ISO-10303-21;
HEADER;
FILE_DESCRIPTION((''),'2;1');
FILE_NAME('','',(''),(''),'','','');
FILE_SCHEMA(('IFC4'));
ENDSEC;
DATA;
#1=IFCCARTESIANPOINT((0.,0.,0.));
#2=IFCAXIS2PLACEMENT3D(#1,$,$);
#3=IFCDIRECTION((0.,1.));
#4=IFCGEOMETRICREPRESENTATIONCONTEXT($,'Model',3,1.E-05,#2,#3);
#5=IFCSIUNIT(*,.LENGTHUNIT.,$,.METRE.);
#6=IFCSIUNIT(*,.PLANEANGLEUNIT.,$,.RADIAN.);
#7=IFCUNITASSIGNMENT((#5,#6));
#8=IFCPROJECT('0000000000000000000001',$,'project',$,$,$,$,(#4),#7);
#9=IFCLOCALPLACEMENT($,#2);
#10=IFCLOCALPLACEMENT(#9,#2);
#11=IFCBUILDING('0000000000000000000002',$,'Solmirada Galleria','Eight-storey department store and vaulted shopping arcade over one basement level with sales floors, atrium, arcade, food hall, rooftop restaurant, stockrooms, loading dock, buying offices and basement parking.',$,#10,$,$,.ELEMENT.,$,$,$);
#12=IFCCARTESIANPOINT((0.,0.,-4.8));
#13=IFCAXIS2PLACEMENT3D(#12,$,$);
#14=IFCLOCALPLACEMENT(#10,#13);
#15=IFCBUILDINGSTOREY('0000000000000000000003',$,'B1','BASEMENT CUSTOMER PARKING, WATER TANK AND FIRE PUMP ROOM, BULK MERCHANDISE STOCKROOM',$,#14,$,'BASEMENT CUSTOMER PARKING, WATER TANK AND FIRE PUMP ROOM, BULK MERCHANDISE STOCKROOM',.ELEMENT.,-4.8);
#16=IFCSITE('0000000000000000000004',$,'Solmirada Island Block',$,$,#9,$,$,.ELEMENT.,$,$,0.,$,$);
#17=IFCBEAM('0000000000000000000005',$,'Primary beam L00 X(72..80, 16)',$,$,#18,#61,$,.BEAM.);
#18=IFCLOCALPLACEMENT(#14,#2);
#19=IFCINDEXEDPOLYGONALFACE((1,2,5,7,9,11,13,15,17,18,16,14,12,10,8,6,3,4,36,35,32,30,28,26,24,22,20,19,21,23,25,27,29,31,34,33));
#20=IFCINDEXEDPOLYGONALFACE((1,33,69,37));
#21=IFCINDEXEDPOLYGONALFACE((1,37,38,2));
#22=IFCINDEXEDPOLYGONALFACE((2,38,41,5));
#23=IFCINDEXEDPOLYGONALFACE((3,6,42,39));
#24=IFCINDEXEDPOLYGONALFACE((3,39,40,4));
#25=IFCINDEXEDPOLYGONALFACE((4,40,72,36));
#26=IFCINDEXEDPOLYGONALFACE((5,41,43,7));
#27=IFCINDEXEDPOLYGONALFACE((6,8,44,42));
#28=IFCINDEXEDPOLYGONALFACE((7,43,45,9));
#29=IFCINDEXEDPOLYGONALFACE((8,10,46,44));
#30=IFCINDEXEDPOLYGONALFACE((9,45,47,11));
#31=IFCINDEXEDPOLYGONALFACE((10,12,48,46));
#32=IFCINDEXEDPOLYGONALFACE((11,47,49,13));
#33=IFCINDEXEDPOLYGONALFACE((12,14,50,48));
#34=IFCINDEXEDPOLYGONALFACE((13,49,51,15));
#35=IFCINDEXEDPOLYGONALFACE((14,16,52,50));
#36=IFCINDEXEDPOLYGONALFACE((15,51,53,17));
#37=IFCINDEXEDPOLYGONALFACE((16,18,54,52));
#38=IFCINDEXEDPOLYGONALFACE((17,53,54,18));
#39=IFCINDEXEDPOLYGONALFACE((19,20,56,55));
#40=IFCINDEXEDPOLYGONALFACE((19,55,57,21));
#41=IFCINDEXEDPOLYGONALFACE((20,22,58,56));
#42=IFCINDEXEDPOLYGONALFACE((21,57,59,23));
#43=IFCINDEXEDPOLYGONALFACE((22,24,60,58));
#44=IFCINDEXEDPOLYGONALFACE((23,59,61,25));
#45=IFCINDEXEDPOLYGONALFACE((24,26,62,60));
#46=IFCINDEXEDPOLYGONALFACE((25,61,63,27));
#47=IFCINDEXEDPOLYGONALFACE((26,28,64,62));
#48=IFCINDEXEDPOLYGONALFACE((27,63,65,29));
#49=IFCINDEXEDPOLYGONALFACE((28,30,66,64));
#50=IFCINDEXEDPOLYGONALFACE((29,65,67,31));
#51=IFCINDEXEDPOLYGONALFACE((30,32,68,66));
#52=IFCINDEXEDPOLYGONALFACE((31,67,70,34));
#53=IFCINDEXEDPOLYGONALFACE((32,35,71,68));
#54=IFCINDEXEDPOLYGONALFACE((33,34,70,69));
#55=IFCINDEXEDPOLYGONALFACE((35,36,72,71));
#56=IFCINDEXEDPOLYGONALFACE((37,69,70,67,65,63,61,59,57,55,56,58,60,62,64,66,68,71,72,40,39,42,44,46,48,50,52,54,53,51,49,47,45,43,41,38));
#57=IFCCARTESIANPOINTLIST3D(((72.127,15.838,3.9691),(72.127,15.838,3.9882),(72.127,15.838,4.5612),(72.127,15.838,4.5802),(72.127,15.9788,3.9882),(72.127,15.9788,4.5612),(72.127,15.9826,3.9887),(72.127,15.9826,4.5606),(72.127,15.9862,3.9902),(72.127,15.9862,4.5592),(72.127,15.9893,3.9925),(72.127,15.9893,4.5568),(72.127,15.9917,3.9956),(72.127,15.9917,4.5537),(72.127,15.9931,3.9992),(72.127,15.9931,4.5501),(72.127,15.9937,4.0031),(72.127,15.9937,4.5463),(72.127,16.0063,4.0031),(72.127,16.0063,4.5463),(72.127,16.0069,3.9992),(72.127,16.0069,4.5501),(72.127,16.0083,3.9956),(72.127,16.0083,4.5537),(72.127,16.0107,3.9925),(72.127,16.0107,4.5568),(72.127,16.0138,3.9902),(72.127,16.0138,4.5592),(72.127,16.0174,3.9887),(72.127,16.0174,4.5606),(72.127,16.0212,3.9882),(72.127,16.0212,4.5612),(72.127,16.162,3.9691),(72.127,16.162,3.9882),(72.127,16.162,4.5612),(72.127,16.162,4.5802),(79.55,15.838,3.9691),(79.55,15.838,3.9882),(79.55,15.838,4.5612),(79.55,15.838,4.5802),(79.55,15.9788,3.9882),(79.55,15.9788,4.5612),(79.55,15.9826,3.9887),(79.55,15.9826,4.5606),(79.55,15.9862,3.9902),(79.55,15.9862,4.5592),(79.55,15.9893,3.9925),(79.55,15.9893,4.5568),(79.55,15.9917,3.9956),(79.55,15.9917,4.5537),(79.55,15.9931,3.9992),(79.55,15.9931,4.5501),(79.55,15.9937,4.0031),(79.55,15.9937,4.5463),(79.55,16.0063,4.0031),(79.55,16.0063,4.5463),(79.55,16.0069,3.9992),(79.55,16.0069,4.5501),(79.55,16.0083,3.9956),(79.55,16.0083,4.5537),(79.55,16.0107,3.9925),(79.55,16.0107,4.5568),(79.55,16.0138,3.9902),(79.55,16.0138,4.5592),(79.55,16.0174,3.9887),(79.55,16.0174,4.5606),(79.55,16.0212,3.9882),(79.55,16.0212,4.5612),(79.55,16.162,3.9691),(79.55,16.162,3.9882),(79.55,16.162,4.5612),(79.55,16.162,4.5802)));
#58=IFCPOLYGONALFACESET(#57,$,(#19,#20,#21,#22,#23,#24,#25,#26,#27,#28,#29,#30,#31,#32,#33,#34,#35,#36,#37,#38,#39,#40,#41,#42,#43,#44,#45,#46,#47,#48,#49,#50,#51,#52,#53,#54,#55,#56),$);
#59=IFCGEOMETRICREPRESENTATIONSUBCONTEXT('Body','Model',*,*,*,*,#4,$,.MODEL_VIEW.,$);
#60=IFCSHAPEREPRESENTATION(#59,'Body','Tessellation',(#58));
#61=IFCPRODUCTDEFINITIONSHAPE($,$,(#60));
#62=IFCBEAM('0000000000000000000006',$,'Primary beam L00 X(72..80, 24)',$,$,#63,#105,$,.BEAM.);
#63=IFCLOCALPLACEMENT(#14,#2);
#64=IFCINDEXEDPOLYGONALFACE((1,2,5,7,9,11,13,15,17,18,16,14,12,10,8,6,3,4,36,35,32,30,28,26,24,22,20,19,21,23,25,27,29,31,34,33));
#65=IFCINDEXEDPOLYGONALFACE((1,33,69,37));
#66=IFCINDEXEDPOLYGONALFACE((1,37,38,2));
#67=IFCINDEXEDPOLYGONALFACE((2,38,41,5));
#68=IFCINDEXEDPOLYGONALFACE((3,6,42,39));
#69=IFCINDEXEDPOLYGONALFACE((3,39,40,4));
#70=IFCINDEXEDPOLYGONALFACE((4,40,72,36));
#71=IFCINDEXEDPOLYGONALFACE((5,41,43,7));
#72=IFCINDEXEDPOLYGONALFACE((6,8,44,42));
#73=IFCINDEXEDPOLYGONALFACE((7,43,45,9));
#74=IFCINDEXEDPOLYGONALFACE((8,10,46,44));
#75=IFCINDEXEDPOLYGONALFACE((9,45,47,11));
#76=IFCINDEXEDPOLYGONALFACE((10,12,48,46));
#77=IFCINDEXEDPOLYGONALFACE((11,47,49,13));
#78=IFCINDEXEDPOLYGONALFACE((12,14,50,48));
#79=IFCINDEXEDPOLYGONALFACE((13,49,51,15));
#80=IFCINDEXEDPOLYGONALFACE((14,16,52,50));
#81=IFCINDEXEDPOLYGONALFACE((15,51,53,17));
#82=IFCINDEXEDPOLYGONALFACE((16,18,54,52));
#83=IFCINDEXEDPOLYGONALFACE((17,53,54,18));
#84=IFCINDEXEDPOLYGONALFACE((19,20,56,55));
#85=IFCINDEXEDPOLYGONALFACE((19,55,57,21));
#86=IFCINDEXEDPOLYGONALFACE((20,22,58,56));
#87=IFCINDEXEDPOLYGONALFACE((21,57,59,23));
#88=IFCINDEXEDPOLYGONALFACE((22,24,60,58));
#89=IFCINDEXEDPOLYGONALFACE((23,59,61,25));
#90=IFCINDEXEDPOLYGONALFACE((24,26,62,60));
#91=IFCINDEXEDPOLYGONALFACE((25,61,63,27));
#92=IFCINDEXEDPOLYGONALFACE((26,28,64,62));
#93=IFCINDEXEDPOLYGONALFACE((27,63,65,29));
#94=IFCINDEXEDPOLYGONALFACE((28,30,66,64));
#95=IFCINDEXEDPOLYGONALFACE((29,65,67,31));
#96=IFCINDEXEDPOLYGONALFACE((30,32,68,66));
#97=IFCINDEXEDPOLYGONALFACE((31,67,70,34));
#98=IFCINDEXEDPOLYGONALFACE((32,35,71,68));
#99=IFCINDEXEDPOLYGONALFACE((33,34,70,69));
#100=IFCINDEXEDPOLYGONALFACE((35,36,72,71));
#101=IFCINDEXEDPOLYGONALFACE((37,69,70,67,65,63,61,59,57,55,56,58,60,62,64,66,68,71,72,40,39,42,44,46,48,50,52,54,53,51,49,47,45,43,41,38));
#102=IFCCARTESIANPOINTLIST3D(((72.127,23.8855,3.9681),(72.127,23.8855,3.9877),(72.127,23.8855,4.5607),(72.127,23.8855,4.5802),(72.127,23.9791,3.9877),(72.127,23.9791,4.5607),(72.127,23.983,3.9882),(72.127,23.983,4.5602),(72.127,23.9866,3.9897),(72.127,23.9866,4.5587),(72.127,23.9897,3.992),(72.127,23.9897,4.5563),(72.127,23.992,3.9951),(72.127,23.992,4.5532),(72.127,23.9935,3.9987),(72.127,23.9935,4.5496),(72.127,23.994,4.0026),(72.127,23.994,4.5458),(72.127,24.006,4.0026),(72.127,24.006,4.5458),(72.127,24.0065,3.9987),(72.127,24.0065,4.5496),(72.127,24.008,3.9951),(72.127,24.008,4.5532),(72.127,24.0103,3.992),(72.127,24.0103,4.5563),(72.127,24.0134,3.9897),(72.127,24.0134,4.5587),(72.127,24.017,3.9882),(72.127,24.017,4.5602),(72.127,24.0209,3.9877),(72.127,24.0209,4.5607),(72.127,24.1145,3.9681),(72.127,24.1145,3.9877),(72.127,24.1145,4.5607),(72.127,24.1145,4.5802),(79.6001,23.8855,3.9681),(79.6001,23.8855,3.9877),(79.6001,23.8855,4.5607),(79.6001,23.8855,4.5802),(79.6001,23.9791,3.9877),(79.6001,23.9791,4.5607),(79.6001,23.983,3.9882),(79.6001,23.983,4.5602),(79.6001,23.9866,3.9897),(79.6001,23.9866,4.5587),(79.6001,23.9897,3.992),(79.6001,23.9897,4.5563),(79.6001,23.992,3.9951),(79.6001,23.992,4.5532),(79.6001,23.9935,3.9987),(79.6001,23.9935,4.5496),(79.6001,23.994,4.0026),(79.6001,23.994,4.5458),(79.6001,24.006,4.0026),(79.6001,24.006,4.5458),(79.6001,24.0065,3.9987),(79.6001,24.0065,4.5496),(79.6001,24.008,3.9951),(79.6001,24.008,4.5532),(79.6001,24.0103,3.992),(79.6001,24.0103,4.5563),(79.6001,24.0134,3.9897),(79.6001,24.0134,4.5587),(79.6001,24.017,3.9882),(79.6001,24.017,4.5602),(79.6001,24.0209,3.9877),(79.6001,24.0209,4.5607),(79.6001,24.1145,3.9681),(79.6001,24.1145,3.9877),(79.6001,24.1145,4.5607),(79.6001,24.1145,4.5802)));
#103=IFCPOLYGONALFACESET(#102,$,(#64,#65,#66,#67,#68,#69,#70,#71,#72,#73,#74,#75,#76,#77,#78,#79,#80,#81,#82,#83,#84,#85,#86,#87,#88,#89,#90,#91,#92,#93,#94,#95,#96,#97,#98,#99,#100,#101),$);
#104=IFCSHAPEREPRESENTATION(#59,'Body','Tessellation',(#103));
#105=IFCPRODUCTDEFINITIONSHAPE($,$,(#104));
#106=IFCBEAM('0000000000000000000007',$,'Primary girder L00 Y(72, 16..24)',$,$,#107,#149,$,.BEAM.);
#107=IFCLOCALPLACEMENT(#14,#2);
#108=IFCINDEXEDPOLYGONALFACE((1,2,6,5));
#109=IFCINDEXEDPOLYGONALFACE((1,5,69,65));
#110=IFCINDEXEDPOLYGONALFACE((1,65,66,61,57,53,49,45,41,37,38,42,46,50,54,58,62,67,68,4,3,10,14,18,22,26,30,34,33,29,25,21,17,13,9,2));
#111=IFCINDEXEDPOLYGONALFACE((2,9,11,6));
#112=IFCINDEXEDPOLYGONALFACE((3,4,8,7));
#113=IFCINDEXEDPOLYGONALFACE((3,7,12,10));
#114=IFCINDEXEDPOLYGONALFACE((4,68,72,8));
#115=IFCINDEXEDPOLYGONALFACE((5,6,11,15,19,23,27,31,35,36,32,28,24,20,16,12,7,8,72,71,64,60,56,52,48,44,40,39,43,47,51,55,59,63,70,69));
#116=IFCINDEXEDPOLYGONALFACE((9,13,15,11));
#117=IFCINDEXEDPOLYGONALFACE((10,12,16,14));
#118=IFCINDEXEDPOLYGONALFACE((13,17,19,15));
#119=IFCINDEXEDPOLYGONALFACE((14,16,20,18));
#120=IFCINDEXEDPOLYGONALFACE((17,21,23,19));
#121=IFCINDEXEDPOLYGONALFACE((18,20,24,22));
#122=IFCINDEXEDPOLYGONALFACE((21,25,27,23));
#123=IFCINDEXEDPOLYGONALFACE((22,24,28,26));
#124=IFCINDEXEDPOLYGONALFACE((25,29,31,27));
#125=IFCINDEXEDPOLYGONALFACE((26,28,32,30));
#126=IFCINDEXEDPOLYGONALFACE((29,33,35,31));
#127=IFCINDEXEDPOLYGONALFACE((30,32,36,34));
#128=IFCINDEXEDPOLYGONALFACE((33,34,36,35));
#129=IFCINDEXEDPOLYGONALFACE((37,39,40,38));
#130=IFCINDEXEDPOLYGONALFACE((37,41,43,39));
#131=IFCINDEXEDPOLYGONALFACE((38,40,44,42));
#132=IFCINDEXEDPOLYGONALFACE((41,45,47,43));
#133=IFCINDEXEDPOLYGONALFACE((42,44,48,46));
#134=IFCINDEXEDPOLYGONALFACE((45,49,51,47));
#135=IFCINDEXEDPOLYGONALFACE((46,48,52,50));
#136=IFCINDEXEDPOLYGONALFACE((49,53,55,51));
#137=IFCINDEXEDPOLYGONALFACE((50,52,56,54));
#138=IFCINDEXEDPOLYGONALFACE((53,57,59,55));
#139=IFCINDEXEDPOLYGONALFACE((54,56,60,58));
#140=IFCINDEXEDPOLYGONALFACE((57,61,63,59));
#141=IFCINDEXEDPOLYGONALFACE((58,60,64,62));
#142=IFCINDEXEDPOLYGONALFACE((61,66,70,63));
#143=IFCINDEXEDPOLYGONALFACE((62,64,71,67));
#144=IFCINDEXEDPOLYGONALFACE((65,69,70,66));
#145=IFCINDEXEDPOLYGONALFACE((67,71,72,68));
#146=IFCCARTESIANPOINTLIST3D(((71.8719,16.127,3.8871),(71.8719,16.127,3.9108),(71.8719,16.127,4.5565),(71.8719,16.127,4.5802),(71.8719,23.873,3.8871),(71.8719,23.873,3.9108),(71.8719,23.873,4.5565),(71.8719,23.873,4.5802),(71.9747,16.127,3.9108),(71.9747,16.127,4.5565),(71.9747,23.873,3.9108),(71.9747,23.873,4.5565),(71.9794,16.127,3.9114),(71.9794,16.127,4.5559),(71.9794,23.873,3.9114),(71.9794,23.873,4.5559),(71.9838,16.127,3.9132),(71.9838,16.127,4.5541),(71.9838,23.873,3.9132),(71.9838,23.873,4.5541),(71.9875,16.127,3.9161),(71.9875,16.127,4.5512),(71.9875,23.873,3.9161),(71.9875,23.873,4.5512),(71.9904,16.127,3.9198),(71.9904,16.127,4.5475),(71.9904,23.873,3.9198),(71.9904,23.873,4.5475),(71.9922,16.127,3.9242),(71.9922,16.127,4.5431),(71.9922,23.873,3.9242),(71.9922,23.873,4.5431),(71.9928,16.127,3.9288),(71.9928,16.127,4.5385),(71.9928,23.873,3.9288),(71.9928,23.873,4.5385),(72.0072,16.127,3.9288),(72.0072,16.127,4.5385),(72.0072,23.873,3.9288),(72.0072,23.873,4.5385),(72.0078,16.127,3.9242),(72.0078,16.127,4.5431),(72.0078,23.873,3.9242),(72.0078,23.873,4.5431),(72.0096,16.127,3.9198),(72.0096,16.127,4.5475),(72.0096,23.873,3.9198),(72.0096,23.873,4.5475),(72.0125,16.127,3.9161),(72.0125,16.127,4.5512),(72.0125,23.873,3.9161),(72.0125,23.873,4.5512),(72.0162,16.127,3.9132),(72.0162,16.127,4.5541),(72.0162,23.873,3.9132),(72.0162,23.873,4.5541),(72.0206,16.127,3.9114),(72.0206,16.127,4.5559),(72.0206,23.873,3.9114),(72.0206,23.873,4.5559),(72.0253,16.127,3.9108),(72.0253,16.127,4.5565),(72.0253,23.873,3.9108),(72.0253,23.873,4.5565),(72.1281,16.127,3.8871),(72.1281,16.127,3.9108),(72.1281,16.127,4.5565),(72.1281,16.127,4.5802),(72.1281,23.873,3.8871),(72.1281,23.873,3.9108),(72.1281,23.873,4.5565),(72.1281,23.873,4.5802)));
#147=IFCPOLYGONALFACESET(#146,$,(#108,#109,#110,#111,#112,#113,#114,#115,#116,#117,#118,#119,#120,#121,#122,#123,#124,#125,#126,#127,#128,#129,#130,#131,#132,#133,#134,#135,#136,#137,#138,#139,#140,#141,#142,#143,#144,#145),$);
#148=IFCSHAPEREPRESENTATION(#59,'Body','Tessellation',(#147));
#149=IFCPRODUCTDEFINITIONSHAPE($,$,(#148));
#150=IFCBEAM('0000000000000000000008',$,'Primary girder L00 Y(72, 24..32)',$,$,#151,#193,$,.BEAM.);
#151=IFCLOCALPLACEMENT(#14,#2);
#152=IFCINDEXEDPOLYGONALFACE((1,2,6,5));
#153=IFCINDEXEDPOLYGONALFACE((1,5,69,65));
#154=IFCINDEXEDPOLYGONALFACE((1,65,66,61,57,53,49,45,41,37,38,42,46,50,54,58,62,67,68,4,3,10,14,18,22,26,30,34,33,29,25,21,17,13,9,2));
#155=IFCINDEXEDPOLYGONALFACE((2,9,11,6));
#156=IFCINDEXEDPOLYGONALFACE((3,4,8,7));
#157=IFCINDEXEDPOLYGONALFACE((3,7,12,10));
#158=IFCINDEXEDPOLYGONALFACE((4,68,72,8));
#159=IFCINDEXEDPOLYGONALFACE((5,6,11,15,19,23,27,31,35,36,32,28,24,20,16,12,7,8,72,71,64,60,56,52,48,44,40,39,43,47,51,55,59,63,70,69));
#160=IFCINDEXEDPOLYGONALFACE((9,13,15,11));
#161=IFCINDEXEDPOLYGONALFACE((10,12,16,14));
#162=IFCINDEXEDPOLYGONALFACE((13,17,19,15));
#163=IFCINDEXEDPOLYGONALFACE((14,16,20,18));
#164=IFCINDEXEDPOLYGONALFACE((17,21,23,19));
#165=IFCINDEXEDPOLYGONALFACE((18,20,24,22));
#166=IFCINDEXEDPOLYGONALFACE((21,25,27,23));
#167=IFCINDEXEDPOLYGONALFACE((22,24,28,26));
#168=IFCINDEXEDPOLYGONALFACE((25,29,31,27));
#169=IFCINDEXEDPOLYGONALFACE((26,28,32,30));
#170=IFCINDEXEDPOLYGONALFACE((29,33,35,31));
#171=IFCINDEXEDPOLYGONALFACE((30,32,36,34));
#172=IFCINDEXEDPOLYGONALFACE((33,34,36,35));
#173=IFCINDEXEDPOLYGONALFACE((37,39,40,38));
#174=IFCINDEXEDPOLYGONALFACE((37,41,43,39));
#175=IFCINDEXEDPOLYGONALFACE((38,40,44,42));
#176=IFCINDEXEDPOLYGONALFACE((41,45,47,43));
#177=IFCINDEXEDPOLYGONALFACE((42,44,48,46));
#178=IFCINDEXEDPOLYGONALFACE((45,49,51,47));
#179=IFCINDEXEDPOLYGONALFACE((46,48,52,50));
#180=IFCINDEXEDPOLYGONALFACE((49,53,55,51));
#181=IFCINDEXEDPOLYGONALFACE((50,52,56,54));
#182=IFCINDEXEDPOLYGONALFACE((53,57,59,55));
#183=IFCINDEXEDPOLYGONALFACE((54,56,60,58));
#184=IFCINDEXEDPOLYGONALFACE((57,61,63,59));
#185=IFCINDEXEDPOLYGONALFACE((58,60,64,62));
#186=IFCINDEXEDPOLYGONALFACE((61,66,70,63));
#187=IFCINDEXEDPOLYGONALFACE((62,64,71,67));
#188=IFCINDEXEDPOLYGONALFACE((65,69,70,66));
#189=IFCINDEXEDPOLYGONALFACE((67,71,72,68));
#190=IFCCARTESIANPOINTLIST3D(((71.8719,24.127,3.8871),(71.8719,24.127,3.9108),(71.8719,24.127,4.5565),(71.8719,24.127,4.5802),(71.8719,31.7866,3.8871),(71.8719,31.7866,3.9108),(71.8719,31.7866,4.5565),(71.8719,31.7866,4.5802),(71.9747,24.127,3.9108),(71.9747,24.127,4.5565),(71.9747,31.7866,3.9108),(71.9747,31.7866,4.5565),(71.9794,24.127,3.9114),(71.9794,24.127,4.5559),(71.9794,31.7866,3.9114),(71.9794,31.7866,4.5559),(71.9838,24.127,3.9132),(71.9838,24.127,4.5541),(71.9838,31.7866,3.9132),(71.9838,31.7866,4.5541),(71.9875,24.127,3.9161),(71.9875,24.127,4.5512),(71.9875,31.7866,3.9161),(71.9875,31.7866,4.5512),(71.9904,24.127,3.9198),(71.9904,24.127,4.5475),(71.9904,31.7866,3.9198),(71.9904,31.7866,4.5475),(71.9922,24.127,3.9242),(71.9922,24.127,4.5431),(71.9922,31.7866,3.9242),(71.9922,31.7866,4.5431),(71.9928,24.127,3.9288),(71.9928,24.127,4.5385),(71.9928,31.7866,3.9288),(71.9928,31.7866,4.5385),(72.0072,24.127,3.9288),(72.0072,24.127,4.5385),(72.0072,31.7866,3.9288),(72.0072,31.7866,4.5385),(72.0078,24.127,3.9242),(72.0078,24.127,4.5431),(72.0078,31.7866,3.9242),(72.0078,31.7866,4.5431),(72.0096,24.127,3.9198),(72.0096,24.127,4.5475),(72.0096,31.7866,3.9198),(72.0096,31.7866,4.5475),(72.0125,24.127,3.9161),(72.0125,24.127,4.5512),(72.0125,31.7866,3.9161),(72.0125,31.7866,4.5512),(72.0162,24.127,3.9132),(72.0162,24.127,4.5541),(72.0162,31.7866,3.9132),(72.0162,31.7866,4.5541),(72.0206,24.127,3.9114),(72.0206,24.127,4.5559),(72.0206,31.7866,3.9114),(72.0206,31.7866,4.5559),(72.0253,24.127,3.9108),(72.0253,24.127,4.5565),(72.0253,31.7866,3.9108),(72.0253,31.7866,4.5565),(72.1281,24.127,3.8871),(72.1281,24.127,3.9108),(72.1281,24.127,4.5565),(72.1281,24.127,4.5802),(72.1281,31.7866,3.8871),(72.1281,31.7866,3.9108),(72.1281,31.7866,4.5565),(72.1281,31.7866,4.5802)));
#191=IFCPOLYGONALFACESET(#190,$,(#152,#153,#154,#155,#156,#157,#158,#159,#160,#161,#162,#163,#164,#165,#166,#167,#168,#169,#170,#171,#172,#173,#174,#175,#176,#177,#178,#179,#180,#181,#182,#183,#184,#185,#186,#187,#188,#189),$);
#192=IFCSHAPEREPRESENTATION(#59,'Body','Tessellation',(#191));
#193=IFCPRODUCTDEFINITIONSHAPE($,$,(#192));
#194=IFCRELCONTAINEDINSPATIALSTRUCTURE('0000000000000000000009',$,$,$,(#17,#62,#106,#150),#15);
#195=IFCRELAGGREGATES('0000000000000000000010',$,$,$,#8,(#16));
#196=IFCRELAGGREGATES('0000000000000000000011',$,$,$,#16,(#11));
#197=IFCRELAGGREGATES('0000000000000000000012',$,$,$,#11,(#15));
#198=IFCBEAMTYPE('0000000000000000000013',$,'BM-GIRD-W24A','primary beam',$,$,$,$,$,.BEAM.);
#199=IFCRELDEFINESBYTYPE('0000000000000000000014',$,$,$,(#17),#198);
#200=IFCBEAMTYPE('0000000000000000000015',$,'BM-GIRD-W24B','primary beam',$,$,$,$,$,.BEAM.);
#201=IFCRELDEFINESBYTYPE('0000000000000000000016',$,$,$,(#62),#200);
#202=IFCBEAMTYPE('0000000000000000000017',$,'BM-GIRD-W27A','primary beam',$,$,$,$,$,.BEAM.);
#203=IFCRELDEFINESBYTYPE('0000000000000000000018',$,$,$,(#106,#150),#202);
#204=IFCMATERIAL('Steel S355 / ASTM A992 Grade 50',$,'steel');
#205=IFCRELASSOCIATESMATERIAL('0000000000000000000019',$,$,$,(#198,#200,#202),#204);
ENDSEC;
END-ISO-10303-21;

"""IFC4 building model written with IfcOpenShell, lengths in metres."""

from ifc_helpers import new_model, si_unit, direction, frame, origin, origin_2d, place, context, subcontext, project, spatial, i_section, extrude, material, material_profile, profile_set, type_object, element, save


model = new_model("IFC4")

# Units and contexts
model_context = context("Model", 3, precision=1e-05, world=origin(), true_north=direction((0.0, 1.0)))
body_context = subcontext(model_context, "Body", "Model", "MODEL_VIEW")
ifc_project = project(units=[si_unit("LENGTHUNIT", "METRE"), si_unit("PLANEANGLEUNIT", "RADIAN")], contexts=[model_context])

# Site, building, storey
site_placement = place(None, origin())
site = spatial("IfcSite", under=ifc_project, at=site_placement, Name="Solmirada Island Block", CompositionType="ELEMENT", RefElevation=0.0)
building_placement = place(site_placement, origin())
building = spatial("IfcBuilding", under=site, at=building_placement, Name="Solmirada Galleria", Description="Eight-storey department store and vaulted shopping arcade over one basement level with sales floors, atrium, arcade, food hall, rooftop restaurant, stockrooms, loading dock, buying offices and basement parking.", CompositionType="ELEMENT")
storey_placement = place(building_placement, frame((0.0, 0.0, -4.8)))
storey = spatial("IfcBuildingStorey", under=building, at=storey_placement, Name="B1", Description="BASEMENT CUSTOMER PARKING, WATER TANK AND FIRE PUMP ROOM, BULK MERCHANDISE STOCKROOM", LongName="BASEMENT CUSTOMER PARKING, WATER TANK AND FIRE PUMP ROOM, BULK MERCHANDISE STOCKROOM", CompositionType="ELEMENT", Elevation=-4.8)

# Beams
ifc_material_1 = material(Name="Steel S355 / ASTM A992 Grade 50", Category="steel")
ifc_material_profile_1 = material_profile(ifc_material_1, i_section(OverallWidth=0.324, OverallDepth=0.6111, WebThickness=0.0127, FlangeThickness=0.019, FilletRadius=0.0149, at=origin_2d()), Name="W24X104")
ifc_profile_set_1 = profile_set([ifc_material_profile_1], Name="Steel S355 / ASTM A992 Grade 50")
beam_type_1 = type_object("IfcBeamType", Name="BM-GIRD-W24A", Description="primary beam", PredefinedType="BEAM", material=ifc_profile_set_1)
beam_1_placement = place(storey_placement, frame((72.127, 16.0, 4.2747), z_axis=(1.0, 0.0, 0.0), x_axis=(0.0, 1.0, 0.0)))
element("IfcBeam", 1, at=beam_1_placement, inside=storey, type_object=beam_type_1, Name="Primary beam L00 X(72..80, 16)", PredefinedType="BEAM", context=body_context, shape_type="SweptSolid", body=[
    extrude(i_section(OverallWidth=0.324, OverallDepth=0.6111, WebThickness=0.0127, FlangeThickness=0.019, FilletRadius=0.0149, at=origin_2d()), origin(), (0.0, 0.0, 1.0), 7.4231),
])
ifc_material_profile_2 = material_profile(ifc_material_1, i_section(OverallWidth=0.229, OverallDepth=0.6121, WebThickness=0.012, FlangeThickness=0.0195, FilletRadius=0.0149, at=origin_2d()), Name="W24X84")
ifc_profile_set_2 = profile_set([ifc_material_profile_2], Name="Steel S355 / ASTM A992 Grade 50")
beam_type_2 = type_object("IfcBeamType", Name="BM-GIRD-W24B", Description="primary beam", PredefinedType="BEAM", material=ifc_profile_set_2)
beam_2_placement = place(storey_placement, frame((72.127, 24.0, 4.2742), z_axis=(1.0, 0.0, 0.0), x_axis=(0.0, 1.0, 0.0)))
element("IfcBeam", 2, at=beam_2_placement, inside=storey, type_object=beam_type_2, Name="Primary beam L00 X(72..80, 24)", PredefinedType="BEAM", context=body_context, shape_type="SweptSolid", body=[
    extrude(i_section(OverallWidth=0.229, OverallDepth=0.6121, WebThickness=0.012, FlangeThickness=0.0195, FilletRadius=0.0149, at=origin_2d()), origin(), (0.0, 0.0, 1.0), 7.4731),
])
ifc_material_profile_3 = material_profile(ifc_material_1, i_section(OverallWidth=0.2561, OverallDepth=0.6931, WebThickness=0.0144, FlangeThickness=0.0237, FilletRadius=0.0181, at=origin_2d()), Name="W27X114")
ifc_profile_set_3 = profile_set([ifc_material_profile_3], Name="Steel S355 / ASTM A992 Grade 50")
beam_type_3 = type_object("IfcBeamType", Name="BM-GIRD-W27A", Description="primary beam", PredefinedType="BEAM", material=ifc_profile_set_3)
beam_3_placement = place(storey_placement, frame((72.0, 16.127, 4.2336), z_axis=(0.0, 1.0, 0.0), x_axis=(-1.0, 0.0, 0.0)))
element("IfcBeam", 3, at=beam_3_placement, inside=storey, type_object=beam_type_3, Name="Primary girder L00 Y(72, 16..24)", PredefinedType="BEAM", context=body_context, shape_type="SweptSolid", body=[
    extrude(i_section(OverallWidth=0.2561, OverallDepth=0.6931, WebThickness=0.0144, FlangeThickness=0.0237, FilletRadius=0.0181, at=origin_2d()), origin(), (0.0, 0.0, 1.0), 7.7461),
])
beam_4_placement = place(storey_placement, frame((72.0, 24.127, 4.2336), z_axis=(0.0, 1.0, 0.0), x_axis=(-1.0, 0.0, 0.0)))
element("IfcBeam", 4, at=beam_4_placement, inside=storey, type_object=beam_type_3, Name="Primary girder L00 Y(72, 24..32)", PredefinedType="BEAM", context=body_context, shape_type="SweptSolid", body=[
    extrude(i_section(OverallWidth=0.2561, OverallDepth=0.6931, WebThickness=0.0144, FlangeThickness=0.0237, FilletRadius=0.0181, at=origin_2d()), origin(), (0.0, 0.0, 1.0), 7.6597),
])

save(model, "model.ifc")
